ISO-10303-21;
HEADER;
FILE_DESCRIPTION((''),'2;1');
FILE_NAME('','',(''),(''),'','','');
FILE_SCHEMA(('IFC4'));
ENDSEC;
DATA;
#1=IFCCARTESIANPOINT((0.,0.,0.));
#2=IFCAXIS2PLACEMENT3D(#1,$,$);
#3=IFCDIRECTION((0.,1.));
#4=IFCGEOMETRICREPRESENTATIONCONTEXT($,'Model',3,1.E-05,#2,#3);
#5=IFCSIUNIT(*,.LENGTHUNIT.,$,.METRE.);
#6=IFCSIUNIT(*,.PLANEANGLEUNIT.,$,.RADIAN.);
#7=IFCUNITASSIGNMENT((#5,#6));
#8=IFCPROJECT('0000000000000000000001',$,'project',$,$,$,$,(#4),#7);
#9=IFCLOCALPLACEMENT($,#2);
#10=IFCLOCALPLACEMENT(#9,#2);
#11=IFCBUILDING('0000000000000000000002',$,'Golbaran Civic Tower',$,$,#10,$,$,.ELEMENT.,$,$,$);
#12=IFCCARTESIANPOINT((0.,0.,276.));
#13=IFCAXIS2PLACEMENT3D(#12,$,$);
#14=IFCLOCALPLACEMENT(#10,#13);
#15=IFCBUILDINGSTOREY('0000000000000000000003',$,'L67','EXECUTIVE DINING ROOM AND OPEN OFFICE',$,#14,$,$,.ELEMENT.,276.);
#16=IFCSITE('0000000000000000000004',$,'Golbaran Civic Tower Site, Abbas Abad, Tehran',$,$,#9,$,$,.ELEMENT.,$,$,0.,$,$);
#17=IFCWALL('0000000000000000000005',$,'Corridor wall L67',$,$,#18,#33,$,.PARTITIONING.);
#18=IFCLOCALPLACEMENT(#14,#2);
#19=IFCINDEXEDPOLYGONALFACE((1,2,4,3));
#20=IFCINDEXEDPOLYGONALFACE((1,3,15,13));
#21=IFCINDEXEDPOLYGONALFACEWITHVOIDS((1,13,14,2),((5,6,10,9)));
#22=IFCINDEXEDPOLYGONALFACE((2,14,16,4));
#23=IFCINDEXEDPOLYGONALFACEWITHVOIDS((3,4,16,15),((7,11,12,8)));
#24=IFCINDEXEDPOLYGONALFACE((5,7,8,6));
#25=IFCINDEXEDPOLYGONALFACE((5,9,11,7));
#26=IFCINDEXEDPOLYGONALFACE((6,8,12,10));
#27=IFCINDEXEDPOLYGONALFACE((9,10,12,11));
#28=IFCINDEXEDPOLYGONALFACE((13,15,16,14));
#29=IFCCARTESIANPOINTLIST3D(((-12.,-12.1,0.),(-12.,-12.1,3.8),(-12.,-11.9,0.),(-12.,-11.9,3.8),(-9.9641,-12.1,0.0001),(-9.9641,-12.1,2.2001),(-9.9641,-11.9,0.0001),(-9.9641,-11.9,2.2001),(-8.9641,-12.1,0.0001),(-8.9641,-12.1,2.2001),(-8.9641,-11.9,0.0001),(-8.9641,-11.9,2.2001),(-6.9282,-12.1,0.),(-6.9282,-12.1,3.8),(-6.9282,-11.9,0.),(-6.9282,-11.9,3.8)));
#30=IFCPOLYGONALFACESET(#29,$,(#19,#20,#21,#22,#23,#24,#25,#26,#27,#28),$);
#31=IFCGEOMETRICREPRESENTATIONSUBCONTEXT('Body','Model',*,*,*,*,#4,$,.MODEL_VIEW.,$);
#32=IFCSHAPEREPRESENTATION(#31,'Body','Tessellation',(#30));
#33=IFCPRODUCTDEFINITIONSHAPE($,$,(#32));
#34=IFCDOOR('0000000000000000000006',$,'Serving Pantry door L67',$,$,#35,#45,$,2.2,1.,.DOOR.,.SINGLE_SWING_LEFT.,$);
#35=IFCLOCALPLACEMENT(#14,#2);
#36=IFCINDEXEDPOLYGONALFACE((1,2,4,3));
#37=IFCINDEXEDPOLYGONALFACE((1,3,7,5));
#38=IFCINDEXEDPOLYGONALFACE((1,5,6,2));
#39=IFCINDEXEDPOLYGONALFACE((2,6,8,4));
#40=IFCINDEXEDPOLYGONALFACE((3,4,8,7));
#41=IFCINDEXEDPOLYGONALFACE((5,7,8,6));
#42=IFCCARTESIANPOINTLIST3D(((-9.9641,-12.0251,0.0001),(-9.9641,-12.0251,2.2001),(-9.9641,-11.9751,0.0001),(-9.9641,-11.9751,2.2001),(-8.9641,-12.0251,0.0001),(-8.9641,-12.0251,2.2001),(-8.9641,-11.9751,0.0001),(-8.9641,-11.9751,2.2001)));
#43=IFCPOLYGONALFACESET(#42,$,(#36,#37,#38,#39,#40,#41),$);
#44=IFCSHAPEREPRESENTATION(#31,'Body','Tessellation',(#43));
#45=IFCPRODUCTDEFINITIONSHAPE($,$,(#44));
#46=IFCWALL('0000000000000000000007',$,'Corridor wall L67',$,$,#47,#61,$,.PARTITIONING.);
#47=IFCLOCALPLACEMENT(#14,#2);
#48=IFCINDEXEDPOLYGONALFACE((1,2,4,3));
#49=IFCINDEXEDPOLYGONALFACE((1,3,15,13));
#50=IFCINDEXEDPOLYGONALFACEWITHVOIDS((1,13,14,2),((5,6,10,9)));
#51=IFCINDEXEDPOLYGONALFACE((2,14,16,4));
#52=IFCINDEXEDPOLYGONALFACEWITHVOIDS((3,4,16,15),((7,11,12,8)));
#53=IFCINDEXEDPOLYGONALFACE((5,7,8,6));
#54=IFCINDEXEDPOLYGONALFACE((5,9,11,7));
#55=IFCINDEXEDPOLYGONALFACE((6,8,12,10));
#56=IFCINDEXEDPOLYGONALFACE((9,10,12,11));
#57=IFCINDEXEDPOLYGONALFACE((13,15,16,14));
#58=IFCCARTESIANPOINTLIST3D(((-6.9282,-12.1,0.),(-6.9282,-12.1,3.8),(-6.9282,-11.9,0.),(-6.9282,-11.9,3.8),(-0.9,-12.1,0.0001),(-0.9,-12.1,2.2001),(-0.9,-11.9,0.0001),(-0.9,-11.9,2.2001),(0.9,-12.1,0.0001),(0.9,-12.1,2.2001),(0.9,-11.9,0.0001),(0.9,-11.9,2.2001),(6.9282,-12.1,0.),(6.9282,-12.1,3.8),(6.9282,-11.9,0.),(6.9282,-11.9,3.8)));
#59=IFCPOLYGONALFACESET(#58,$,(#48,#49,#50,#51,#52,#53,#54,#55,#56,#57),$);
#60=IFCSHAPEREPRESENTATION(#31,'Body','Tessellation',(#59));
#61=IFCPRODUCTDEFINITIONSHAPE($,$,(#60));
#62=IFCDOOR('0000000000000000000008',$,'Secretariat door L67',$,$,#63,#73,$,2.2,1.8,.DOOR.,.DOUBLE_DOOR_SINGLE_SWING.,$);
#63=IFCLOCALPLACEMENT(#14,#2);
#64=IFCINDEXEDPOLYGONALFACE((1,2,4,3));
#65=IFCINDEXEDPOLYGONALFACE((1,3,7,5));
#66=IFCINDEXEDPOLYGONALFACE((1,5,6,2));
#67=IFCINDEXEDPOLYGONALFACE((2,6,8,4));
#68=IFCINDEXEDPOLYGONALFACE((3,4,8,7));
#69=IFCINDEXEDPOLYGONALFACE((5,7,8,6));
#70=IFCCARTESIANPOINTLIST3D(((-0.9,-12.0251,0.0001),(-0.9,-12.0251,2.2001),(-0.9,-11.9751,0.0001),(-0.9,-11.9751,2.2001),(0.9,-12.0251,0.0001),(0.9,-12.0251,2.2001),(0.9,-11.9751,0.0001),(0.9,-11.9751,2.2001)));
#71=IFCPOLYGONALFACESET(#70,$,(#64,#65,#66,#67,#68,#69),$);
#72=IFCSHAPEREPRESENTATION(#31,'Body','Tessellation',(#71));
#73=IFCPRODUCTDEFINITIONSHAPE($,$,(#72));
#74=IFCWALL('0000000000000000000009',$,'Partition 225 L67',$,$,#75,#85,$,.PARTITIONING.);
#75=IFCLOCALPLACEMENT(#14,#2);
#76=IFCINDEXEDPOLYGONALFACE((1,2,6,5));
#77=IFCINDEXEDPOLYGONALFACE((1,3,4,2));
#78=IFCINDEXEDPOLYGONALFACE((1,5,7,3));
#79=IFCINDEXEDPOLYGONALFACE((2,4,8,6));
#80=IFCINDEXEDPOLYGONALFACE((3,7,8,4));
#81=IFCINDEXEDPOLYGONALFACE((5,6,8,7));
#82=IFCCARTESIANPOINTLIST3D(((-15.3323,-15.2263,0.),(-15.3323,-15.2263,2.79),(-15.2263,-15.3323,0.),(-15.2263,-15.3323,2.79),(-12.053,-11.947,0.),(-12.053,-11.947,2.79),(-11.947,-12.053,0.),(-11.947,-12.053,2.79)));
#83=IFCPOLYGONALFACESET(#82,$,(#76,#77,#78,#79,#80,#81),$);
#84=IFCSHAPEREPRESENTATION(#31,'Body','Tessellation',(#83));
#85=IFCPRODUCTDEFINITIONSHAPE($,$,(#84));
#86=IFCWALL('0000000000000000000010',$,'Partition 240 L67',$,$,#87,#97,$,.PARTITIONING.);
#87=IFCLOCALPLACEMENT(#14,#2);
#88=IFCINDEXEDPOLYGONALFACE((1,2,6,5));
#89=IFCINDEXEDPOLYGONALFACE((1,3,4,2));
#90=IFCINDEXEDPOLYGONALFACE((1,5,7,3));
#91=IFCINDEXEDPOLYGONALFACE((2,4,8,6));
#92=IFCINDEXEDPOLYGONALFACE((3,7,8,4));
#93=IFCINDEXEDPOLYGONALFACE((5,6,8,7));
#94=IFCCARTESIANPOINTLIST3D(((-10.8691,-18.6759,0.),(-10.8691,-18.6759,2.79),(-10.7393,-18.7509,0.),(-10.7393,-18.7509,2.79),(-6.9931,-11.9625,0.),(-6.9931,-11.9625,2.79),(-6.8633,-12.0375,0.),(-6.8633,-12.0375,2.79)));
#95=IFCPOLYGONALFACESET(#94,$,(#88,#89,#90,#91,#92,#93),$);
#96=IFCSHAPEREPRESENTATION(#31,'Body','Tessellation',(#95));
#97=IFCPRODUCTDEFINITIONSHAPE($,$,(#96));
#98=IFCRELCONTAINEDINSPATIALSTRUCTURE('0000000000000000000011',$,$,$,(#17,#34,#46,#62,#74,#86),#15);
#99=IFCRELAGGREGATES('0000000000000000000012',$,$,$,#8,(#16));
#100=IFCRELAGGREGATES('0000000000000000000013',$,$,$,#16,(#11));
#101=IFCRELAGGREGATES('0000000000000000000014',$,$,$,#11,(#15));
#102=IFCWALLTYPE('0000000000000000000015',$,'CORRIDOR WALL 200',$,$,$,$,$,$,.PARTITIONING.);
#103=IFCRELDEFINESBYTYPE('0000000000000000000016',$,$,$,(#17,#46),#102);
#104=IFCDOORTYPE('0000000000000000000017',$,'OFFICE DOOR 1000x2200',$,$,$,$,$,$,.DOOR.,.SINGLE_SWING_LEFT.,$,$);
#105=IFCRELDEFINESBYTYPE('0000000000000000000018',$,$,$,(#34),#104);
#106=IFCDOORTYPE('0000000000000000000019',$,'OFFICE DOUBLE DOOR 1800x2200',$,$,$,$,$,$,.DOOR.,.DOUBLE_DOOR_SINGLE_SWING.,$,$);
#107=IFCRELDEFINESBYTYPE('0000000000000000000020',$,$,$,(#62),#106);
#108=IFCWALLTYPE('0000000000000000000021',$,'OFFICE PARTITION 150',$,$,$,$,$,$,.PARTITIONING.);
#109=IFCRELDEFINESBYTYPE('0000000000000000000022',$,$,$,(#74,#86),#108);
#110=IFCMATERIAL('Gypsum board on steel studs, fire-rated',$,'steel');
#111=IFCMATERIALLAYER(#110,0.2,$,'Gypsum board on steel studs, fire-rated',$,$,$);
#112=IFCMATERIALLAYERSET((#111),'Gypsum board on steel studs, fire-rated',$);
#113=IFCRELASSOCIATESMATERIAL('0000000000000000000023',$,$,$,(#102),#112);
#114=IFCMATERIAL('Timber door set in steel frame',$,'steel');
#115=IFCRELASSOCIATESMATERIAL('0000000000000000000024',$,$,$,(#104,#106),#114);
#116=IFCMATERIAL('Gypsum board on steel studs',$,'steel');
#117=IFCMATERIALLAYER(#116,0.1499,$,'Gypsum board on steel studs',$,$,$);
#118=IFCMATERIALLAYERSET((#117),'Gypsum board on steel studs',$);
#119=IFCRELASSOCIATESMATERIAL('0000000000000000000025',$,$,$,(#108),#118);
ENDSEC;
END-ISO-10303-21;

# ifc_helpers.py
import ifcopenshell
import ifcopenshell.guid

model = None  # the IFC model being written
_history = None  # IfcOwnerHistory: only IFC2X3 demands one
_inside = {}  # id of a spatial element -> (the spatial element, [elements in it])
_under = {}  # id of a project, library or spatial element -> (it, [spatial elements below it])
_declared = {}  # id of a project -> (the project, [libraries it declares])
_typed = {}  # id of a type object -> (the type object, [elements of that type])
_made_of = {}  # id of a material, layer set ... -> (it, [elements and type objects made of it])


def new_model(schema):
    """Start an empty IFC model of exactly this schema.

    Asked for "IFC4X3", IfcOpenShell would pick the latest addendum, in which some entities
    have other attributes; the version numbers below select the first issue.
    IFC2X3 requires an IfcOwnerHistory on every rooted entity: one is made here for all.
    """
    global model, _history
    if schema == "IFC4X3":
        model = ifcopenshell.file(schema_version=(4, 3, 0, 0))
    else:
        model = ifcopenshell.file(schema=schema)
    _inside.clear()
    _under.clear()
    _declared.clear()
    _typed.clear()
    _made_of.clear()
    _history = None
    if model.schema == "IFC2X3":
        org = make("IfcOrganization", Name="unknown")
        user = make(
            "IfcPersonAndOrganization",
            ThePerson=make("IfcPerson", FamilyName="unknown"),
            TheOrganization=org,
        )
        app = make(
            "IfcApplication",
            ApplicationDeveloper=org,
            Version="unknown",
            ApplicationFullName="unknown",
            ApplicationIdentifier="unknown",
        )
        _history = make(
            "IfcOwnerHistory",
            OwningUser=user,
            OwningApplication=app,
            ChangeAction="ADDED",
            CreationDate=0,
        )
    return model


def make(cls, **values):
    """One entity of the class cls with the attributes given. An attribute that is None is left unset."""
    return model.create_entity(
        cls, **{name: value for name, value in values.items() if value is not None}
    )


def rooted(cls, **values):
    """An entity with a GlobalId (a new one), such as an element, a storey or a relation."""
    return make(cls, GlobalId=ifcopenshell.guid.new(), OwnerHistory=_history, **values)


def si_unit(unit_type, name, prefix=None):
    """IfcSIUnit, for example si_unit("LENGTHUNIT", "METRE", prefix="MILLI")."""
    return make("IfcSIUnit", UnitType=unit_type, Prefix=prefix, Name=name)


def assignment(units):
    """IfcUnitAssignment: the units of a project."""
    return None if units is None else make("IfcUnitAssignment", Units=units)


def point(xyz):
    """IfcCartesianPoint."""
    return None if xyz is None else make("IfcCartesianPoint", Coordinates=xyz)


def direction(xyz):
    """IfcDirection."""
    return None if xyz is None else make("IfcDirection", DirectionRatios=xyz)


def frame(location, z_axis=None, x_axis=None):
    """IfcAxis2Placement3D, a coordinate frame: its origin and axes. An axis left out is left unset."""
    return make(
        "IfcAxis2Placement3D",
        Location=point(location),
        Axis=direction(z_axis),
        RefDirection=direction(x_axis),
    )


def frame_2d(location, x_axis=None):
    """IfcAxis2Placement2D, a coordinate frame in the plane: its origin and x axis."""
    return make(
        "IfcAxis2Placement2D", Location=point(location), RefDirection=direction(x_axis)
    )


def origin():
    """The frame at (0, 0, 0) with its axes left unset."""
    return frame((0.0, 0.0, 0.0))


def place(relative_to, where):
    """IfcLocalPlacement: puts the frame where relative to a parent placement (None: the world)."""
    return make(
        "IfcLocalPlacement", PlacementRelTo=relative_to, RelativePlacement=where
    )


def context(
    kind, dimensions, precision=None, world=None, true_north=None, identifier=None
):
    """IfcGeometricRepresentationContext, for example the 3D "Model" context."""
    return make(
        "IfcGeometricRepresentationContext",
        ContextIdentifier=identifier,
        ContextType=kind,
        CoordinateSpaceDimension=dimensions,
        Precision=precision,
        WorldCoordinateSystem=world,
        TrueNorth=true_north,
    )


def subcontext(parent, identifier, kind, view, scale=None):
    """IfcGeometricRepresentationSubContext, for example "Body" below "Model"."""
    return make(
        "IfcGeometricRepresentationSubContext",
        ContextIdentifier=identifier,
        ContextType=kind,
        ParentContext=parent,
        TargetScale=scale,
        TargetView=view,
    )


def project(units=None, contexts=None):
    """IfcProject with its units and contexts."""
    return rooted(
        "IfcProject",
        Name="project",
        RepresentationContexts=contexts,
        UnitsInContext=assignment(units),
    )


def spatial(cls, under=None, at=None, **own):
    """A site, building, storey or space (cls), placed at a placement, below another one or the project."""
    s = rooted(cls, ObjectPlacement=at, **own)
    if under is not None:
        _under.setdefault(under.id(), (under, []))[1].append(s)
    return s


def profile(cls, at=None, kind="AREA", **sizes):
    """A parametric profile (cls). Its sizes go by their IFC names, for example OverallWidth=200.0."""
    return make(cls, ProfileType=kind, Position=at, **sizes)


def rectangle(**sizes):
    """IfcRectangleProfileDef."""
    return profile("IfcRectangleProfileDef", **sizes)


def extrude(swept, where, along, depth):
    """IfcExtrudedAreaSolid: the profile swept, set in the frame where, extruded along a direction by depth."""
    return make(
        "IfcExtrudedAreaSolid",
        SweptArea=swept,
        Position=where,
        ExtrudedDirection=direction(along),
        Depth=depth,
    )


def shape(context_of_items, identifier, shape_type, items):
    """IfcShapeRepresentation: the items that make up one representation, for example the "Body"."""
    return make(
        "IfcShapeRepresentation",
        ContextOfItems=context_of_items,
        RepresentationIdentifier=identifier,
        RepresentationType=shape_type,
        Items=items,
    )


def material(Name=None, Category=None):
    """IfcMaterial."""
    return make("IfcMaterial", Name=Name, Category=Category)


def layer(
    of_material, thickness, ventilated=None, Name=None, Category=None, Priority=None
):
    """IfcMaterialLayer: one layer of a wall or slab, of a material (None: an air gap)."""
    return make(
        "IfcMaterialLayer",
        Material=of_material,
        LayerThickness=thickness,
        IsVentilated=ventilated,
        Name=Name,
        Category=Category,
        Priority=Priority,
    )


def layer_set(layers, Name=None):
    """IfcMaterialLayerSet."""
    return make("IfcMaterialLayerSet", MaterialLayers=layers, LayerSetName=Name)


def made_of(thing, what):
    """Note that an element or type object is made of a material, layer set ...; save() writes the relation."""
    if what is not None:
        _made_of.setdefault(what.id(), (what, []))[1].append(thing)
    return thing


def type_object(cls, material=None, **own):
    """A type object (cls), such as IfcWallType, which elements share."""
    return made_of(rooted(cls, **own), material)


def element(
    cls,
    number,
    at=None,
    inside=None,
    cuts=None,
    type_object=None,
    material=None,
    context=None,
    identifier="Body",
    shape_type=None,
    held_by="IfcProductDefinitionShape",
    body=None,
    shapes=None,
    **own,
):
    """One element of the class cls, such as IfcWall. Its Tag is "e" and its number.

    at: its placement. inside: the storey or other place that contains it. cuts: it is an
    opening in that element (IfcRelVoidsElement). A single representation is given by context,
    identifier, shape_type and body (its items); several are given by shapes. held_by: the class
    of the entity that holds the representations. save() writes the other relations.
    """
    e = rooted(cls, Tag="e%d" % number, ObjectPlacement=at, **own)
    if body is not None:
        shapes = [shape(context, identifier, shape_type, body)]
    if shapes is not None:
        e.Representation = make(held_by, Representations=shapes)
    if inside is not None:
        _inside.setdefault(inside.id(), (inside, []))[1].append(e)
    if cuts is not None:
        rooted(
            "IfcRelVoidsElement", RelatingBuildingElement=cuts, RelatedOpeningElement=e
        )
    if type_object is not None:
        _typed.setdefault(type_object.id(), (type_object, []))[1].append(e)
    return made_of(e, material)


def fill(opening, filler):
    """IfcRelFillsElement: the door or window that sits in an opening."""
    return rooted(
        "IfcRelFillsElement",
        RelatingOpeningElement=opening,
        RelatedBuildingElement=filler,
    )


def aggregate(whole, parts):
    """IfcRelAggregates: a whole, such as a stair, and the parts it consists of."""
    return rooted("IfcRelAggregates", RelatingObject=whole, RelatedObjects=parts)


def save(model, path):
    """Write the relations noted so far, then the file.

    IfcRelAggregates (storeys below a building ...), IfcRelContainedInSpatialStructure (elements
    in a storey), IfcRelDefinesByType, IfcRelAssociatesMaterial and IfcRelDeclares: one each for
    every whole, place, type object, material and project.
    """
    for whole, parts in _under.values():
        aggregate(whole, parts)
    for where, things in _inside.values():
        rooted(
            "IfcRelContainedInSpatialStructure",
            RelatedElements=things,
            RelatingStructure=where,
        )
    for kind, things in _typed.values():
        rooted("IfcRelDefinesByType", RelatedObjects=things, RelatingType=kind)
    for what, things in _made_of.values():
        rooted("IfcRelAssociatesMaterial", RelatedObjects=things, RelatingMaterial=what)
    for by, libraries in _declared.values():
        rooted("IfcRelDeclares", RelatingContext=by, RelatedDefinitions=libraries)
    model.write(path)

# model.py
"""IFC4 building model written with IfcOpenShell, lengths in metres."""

from ifc_helpers import new_model, si_unit, direction, frame, frame_2d, origin, place, context, subcontext, project, spatial, rectangle, extrude, material, layer, layer_set, type_object, element, fill, save


model = new_model("IFC4")

# Units and contexts
model_context = context("Model", 3, precision=1e-05, world=origin(), true_north=direction((0.0, 1.0)))
body_context = subcontext(model_context, "Body", "Model", "MODEL_VIEW")
ifc_project = project(units=[si_unit("LENGTHUNIT", "METRE"), si_unit("PLANEANGLEUNIT", "RADIAN")], contexts=[model_context])

# Site, building, storey
site_placement = place(None, origin())
site = spatial("IfcSite", under=ifc_project, at=site_placement, Name="Golbaran Civic Tower Site, Abbas Abad, Tehran", CompositionType="ELEMENT", RefElevation=0.0)
building_placement = place(site_placement, origin())
building = spatial("IfcBuilding", under=site, at=building_placement, Name="Golbaran Civic Tower", CompositionType="ELEMENT")
storey_placement = place(building_placement, frame((0.0, 0.0, 276.0)))
storey = spatial("IfcBuildingStorey", under=building, at=storey_placement, Name="L67", Description="EXECUTIVE DINING ROOM AND OPEN OFFICE", CompositionType="ELEMENT", Elevation=276.0)

# Walls, openings, doors
ifc_material_1 = material(Name="Gypsum board on steel studs, fire-rated", Category="steel")
ifc_layer_1 = layer(ifc_material_1, 0.2, Name="Gypsum board on steel studs, fire-rated")
ifc_layer_set_1 = layer_set([ifc_layer_1], Name="Gypsum board on steel studs, fire-rated")
wall_type_1 = type_object("IfcWallType", Name="CORRIDOR WALL 200", PredefinedType="PARTITIONING", material=ifc_layer_set_1)
wall_1_placement = place(storey_placement, frame((-12.0, -12.0, 0.0), z_axis=(0.0, 0.0, 1.0), x_axis=(1.0, 0.0, 0.0)))
wall_1 = element("IfcWall", 1, at=wall_1_placement, inside=storey, type_object=wall_type_1, Name="Corridor wall L67", PredefinedType="PARTITIONING", context=body_context, shape_type="SweptSolid", body=[
    extrude(rectangle(XDim=5.0718, YDim=0.2, at=frame_2d((2.5359, 0.0))), origin(), (0.0, 0.0, 1.0), 3.8),
])
opening_1_placement = place(wall_1_placement, frame((2.0359, 0.0, 0.0)))
opening_1 = element("IfcOpeningElement", 2, at=opening_1_placement, cuts=wall_1, PredefinedType="OPENING", context=body_context, shape_type="SweptSolid", body=[
    extrude(rectangle(XDim=1.0, YDim=2.2, at=frame_2d((0.5, 1.1001))), frame((0.0, 0.1099, 0.0), z_axis=(0.0, -1.0, 0.0), x_axis=(1.0, 0.0, 0.0)), (0.0, 0.0, 1.0), 0.22),
])
ifc_material_2 = material(Name="Timber door set in steel frame", Category="steel")
door_type_1 = type_object("IfcDoorType", Name="OFFICE DOOR 1000x2200", OperationType="SINGLE_SWING_LEFT", PredefinedType="DOOR", material=ifc_material_2)
door_1_placement = place(opening_1_placement, origin())
door_1 = element("IfcDoor", 3, at=door_1_placement, inside=storey, type_object=door_type_1, Name="Serving Pantry door L67", OperationType="SINGLE_SWING_LEFT", OverallHeight=2.2, OverallWidth=1.0, PredefinedType="DOOR", context=body_context, shape_type="SweptSolid", body=[
    extrude(rectangle(XDim=1.0, YDim=2.2, at=frame_2d((0.5, 1.1001))), frame((0.0, 0.0249, 0.0), z_axis=(0.0, -1.0, 0.0), x_axis=(1.0, 0.0, 0.0)), (0.0, 0.0, 1.0), 0.05),
])
fill(opening_1, door_1)
wall_2_placement = place(storey_placement, frame((-6.9282, -12.0, 0.0), z_axis=(0.0, 0.0, 1.0), x_axis=(1.0, 0.0, 0.0)))
wall_2 = element("IfcWall", 4, at=wall_2_placement, inside=storey, type_object=wall_type_1, Name="Corridor wall L67", PredefinedType="PARTITIONING", context=body_context, shape_type="SweptSolid", body=[
    extrude(rectangle(XDim=13.8564, YDim=0.2, at=frame_2d((6.9282, 0.0))), origin(), (0.0, 0.0, 1.0), 3.8),
])
opening_2_placement = place(wall_2_placement, frame((6.0283, 0.0, 0.0)))
opening_2 = element("IfcOpeningElement", 5, at=opening_2_placement, cuts=wall_2, PredefinedType="OPENING", context=body_context, shape_type="SweptSolid", body=[
    extrude(rectangle(XDim=1.8, YDim=2.2, at=frame_2d((0.8999, 1.1001))), frame((0.0, 0.1099, 0.0), z_axis=(0.0, -1.0, 0.0), x_axis=(1.0, 0.0, 0.0)), (0.0, 0.0, 1.0), 0.22),
])
door_type_2 = type_object("IfcDoorType", Name="OFFICE DOUBLE DOOR 1800x2200", OperationType="DOUBLE_DOOR_SINGLE_SWING", PredefinedType="DOOR", material=ifc_material_2)
door_2_placement = place(opening_2_placement, origin())
door_2 = element("IfcDoor", 6, at=door_2_placement, inside=storey, type_object=door_type_2, Name="Secretariat door L67", OperationType="DOUBLE_DOOR_SINGLE_SWING", OverallHeight=2.2, OverallWidth=1.8, PredefinedType="DOOR", context=body_context, shape_type="SweptSolid", body=[
    extrude(rectangle(XDim=1.8, YDim=2.2, at=frame_2d((0.8999, 1.1001))), frame((0.0, 0.0249, 0.0), z_axis=(0.0, -1.0, 0.0), x_axis=(1.0, 0.0, 0.0)), (0.0, 0.0, 1.0), 0.05),
])
fill(opening_2, door_2)

# Walls
ifc_material_3 = material(Name="Gypsum board on steel studs", Category="steel")
ifc_layer_2 = layer(ifc_material_3, 0.1499, Name="Gypsum board on steel studs")
ifc_layer_set_2 = layer_set([ifc_layer_2], Name="Gypsum board on steel studs")
wall_type_2 = type_object("IfcWallType", Name="OFFICE PARTITION 150", PredefinedType="PARTITIONING", material=ifc_layer_set_2)
wall_3_placement = place(storey_placement, frame((-12.0, -12.0, 0.0), z_axis=(0.0, 0.0, 1.0), x_axis=(-0.707107, -0.707107, 0.0)))
element("IfcWall", 7, at=wall_3_placement, inside=storey, type_object=wall_type_2, Name="Partition 225 L67", PredefinedType="PARTITIONING", context=body_context, shape_type="SweptSolid", body=[
    extrude(rectangle(XDim=4.6377, YDim=0.1499, at=frame_2d((2.3188, 0.0))), origin(), (0.0, 0.0, 1.0), 2.79),
])
wall_4_placement = place(storey_placement, frame((-6.9282, -12.0, 0.0), z_axis=(0.0, 0.0, 1.0), x_axis=(-0.500001, -0.866025, 0.0)))
element("IfcWall", 8, at=wall_4_placement, inside=storey, type_object=wall_type_2, Name="Partition 240 L67", PredefinedType="PARTITIONING", context=body_context, shape_type="SweptSolid", body=[
    extrude(rectangle(XDim=7.752, YDim=0.1499, at=frame_2d((3.876, 0.0))), origin(), (0.0, 0.0, 1.0), 2.79),
])

save(model, "model.ifc")
